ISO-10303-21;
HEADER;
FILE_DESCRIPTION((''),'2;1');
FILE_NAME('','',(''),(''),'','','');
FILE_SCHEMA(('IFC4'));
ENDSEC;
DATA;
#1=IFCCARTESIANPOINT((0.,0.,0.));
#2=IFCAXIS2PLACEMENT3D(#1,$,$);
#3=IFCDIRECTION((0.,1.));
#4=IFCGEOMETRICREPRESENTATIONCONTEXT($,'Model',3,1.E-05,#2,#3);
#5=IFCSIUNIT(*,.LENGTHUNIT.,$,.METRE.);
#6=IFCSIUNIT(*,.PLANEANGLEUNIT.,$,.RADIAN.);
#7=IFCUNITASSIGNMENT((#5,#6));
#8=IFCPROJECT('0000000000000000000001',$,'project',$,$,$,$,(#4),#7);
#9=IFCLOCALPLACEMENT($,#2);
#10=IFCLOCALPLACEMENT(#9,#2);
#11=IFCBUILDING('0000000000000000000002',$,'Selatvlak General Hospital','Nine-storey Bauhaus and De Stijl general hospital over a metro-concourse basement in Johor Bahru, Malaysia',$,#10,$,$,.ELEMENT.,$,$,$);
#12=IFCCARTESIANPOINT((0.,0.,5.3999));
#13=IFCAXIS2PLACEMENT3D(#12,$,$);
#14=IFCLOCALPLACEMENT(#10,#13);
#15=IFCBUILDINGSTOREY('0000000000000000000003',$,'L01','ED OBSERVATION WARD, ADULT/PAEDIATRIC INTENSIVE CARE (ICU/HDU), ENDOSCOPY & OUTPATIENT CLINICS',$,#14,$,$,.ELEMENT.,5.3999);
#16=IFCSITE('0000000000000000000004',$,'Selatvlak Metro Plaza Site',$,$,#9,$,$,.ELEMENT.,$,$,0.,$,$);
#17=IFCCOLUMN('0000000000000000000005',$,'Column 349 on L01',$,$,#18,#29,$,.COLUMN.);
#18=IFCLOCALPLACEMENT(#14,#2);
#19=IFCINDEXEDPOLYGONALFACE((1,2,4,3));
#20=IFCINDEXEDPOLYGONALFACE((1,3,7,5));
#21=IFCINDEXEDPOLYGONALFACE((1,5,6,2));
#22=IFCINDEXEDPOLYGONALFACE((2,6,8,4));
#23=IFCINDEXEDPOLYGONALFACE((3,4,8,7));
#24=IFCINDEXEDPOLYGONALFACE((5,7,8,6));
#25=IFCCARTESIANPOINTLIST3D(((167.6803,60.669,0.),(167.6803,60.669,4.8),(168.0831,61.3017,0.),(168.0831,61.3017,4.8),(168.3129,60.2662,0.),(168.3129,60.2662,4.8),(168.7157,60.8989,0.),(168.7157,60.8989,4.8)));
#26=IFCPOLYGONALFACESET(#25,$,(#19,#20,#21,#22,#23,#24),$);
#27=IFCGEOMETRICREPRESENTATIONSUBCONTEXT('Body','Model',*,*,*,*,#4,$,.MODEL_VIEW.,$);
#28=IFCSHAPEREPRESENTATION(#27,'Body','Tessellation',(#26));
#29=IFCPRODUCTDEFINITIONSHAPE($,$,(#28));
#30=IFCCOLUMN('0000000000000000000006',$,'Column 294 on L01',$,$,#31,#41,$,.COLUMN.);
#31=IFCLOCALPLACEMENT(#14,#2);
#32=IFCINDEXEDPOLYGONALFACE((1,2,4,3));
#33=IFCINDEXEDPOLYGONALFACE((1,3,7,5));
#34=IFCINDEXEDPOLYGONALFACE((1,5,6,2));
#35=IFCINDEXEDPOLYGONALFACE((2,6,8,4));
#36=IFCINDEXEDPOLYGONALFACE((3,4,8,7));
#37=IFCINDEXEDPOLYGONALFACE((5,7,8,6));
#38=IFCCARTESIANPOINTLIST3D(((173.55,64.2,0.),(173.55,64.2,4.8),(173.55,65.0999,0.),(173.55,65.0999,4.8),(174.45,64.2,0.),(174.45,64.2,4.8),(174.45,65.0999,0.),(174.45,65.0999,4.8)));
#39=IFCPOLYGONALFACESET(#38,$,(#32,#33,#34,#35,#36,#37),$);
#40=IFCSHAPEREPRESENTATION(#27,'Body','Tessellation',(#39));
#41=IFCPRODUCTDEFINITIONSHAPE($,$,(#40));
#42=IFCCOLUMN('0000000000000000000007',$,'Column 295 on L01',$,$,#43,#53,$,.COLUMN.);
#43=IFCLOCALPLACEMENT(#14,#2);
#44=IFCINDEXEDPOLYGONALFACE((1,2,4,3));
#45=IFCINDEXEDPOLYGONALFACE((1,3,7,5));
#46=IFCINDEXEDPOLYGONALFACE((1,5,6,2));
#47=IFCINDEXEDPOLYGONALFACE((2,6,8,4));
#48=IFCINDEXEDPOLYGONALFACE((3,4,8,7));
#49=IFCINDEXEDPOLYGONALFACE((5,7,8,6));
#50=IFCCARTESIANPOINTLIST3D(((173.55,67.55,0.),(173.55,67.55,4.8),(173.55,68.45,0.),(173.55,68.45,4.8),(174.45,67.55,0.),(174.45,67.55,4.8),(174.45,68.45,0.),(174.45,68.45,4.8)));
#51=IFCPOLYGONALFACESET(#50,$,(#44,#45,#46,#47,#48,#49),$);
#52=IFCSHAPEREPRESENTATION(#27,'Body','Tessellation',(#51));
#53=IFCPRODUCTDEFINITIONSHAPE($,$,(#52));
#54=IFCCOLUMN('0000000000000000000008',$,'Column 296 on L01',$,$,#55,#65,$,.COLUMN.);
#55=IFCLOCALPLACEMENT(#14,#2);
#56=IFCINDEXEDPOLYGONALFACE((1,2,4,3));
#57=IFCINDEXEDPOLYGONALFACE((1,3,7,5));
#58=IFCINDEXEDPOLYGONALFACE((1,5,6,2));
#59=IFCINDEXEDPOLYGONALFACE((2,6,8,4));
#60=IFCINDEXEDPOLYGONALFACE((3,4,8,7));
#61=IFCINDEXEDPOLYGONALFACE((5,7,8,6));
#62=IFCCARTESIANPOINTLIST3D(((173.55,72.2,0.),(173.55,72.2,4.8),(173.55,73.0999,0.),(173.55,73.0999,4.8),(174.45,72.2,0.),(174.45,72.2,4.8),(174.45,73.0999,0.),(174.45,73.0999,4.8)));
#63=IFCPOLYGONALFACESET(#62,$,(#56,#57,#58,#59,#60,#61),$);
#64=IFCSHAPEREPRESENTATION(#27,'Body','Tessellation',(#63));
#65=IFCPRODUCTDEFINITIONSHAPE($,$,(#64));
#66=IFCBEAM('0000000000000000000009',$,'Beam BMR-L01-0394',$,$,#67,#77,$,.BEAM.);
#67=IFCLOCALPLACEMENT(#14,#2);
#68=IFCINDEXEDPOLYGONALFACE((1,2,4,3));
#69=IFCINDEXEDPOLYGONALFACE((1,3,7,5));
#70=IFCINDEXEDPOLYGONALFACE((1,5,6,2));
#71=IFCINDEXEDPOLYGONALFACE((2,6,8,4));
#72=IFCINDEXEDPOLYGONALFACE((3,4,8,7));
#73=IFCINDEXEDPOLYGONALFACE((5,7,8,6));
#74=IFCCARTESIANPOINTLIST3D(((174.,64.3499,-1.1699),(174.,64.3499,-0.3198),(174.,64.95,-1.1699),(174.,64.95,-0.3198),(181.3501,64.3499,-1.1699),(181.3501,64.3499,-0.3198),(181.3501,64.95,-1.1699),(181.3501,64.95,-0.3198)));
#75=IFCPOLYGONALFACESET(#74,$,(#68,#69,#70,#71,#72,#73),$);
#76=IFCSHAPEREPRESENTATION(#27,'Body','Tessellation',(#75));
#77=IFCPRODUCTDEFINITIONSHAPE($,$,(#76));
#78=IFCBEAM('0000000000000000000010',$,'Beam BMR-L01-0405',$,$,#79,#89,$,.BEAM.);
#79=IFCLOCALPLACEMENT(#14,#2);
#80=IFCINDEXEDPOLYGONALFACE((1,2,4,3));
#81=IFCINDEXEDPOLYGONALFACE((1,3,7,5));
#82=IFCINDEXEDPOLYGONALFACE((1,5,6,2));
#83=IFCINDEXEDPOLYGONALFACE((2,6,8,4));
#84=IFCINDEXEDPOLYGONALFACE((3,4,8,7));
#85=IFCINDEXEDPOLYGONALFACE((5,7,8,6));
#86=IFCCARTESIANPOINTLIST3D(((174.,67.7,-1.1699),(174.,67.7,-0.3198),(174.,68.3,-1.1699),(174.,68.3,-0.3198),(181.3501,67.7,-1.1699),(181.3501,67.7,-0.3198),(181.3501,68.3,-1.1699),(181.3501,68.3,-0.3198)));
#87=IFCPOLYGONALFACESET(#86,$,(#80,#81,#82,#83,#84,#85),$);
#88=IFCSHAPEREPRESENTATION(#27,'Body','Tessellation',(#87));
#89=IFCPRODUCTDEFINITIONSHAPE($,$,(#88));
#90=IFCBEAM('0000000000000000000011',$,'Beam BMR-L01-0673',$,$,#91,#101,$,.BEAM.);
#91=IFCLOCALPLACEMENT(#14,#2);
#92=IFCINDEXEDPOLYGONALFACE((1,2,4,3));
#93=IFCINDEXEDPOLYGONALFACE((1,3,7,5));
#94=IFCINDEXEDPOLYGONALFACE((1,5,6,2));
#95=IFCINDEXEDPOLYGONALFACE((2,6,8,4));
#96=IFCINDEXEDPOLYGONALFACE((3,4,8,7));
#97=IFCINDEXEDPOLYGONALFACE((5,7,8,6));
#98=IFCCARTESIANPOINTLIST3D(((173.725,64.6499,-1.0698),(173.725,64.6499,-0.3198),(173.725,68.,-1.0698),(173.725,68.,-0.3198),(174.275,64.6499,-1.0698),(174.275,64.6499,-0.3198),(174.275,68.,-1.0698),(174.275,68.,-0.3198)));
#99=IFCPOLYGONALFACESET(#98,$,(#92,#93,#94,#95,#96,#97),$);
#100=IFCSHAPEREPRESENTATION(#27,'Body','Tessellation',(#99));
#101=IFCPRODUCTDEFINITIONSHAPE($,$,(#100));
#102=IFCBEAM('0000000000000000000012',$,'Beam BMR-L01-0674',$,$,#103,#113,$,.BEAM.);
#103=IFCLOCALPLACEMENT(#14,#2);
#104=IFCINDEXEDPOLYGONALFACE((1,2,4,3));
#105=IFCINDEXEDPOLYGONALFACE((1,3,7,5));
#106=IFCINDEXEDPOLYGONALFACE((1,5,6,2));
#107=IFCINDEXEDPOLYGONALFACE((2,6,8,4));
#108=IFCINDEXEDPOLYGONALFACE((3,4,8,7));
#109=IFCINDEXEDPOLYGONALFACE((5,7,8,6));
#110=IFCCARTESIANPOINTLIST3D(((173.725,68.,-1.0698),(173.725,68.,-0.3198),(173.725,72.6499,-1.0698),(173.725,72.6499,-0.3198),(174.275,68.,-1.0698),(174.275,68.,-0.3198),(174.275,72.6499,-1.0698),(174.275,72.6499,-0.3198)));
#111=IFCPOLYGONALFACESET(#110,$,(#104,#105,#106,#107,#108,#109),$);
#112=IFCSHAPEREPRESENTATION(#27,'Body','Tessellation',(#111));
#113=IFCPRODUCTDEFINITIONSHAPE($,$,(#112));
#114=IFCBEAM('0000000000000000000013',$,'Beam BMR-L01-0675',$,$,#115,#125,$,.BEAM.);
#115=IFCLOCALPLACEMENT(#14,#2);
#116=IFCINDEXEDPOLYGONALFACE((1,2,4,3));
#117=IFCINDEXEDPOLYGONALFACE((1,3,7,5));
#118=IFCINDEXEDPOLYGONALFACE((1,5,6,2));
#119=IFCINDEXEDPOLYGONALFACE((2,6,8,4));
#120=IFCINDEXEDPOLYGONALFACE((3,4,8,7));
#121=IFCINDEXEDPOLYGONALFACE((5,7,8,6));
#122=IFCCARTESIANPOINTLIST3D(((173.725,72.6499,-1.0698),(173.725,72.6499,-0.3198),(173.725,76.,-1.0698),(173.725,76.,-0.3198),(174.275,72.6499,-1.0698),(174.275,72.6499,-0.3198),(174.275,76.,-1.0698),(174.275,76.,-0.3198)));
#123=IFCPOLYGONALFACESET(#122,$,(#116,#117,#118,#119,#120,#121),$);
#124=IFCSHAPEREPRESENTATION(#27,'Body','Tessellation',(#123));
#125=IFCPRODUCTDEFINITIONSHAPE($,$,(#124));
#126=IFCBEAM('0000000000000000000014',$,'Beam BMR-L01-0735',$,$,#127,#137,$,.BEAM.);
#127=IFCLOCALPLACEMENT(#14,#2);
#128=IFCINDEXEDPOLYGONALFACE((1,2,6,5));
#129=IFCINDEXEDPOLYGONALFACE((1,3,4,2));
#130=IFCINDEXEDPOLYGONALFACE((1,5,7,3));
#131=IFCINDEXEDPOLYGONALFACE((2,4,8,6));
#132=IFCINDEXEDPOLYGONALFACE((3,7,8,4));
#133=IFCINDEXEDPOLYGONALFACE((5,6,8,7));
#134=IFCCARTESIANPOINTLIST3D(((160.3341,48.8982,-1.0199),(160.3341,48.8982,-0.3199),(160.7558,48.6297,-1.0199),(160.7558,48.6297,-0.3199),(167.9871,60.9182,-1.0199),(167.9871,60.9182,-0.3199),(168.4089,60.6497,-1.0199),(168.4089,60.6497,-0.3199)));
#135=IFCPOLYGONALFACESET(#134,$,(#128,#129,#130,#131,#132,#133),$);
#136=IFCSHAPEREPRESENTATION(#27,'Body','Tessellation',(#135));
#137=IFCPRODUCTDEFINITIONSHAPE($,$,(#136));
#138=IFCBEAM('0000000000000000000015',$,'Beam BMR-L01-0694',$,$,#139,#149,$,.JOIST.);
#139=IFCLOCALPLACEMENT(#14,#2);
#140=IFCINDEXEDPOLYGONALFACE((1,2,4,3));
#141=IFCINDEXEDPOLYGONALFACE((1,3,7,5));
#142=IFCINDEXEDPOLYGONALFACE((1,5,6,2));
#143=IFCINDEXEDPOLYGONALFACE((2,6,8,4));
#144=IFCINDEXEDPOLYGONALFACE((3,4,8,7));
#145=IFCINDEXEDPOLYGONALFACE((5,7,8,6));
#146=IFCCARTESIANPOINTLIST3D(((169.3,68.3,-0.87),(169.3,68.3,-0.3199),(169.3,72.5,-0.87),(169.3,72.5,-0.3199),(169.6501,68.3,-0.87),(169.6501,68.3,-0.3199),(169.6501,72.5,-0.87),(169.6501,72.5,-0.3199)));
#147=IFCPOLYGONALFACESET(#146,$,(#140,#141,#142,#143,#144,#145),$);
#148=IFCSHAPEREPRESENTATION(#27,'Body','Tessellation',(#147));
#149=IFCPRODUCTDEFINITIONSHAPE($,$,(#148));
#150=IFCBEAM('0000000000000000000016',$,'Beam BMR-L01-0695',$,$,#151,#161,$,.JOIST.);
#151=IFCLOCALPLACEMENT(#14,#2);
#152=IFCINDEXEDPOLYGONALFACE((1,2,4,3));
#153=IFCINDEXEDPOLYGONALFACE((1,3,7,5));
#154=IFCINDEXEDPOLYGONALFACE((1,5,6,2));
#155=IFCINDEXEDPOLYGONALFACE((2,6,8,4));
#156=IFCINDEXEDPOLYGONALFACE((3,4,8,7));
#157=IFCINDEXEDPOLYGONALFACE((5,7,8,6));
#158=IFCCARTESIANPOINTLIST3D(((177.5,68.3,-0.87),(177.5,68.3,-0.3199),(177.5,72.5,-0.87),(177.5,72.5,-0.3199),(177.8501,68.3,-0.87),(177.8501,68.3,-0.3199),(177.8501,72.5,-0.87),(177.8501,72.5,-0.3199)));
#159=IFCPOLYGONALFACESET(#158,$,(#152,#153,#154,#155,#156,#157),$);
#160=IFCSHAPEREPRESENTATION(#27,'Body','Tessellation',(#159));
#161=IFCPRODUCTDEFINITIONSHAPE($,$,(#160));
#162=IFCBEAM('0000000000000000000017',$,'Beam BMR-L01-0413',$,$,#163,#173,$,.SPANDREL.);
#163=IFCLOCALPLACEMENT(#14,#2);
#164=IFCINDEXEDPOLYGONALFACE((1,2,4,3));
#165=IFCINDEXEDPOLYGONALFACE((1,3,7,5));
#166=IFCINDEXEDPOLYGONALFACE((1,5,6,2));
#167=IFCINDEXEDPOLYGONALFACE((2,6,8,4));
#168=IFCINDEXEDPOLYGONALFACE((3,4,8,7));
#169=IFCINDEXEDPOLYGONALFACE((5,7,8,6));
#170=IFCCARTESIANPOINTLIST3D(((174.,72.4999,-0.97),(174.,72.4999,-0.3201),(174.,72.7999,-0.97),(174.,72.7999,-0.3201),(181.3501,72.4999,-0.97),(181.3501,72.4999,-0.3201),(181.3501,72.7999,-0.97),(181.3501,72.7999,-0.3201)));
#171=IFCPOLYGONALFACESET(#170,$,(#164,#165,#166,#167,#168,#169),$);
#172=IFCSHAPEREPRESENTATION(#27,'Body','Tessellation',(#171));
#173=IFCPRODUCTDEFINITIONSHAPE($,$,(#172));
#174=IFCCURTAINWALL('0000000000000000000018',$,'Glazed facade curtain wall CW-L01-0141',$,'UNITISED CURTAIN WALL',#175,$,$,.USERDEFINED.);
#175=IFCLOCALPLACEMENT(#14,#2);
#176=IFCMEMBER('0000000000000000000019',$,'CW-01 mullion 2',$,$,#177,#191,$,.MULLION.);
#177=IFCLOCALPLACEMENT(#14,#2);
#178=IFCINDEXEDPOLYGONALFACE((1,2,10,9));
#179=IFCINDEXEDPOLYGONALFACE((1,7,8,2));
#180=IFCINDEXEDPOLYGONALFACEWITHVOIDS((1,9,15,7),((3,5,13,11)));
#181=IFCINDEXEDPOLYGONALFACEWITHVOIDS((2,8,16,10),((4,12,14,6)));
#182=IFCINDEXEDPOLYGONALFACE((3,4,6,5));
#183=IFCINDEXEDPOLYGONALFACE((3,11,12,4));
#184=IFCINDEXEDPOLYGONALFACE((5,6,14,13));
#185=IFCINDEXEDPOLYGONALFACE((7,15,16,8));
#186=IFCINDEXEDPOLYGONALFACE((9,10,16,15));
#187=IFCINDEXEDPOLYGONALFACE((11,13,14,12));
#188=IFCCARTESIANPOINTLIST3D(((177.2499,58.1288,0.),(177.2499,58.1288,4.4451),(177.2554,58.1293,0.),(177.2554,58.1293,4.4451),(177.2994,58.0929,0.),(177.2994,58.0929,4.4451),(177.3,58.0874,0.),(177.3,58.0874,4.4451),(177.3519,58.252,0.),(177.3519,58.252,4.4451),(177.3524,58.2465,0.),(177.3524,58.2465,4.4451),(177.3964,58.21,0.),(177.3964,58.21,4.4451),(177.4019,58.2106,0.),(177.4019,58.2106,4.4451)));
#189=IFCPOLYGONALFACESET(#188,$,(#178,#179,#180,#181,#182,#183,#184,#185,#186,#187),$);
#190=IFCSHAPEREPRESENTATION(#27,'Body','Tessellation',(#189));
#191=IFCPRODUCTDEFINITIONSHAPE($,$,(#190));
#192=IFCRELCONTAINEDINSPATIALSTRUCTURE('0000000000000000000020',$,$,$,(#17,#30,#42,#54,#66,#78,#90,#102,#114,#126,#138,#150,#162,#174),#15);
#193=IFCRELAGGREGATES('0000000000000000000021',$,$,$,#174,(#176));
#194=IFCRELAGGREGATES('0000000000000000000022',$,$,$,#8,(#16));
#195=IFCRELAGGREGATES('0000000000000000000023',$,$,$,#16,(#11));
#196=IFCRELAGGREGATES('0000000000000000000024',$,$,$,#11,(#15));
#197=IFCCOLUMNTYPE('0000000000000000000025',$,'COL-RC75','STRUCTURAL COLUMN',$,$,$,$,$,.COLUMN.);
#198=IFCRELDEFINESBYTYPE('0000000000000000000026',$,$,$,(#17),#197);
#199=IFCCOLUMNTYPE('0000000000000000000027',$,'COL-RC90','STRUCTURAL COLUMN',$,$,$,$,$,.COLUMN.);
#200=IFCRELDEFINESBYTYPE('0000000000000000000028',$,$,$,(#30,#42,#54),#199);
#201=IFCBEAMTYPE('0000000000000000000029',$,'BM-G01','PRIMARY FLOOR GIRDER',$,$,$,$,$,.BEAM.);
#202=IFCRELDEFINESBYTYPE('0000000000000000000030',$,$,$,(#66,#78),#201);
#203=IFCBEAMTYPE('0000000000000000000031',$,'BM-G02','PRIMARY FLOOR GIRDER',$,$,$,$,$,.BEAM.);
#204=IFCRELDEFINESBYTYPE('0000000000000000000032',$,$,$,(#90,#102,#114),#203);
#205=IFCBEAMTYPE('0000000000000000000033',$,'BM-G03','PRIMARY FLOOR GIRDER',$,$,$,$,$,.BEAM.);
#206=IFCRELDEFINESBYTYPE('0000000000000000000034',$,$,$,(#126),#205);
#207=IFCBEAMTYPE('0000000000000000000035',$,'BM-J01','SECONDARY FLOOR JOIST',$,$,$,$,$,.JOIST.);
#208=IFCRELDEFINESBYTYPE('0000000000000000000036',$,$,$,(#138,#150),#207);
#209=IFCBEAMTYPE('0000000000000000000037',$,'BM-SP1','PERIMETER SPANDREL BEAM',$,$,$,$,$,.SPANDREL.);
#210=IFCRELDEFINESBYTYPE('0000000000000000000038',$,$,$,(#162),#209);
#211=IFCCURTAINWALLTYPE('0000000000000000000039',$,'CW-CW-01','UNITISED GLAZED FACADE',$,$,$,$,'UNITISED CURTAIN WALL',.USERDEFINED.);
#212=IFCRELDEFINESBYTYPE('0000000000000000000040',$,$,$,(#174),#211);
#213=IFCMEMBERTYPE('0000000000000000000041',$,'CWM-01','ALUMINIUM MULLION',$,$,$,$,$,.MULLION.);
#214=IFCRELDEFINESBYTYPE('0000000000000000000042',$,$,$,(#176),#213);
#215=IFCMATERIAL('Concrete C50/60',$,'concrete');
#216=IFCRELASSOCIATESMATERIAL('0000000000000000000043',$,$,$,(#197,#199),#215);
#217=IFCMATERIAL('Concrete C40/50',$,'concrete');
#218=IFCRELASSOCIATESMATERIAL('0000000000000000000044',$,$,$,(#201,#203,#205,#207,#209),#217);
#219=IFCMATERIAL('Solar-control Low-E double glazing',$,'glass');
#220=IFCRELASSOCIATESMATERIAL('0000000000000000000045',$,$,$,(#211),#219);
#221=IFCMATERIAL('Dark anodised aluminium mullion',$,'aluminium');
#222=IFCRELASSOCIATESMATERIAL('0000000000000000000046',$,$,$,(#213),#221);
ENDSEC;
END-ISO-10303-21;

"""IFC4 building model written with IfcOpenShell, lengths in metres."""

from ifc_helpers import new_model, si_unit, direction, frame, origin, origin_2d, place, context, subcontext, project, spatial, rectangle, hollow_rectangle, extrude, material, material_profile, profile_set, type_object, element, aggregate, save


model = new_model("IFC4")

# Units and contexts
model_context = context("Model", 3, precision=1e-05, world=origin(), true_north=direction((0.0, 1.0)))
body_context = subcontext(model_context, "Body", "Model", "MODEL_VIEW")
ifc_project = project(units=[si_unit("LENGTHUNIT", "METRE"), si_unit("PLANEANGLEUNIT", "RADIAN")], contexts=[model_context])

# Site, building, storey
site_placement = place(None, origin())
site = spatial("IfcSite", under=ifc_project, at=site_placement, Name="Selatvlak Metro Plaza Site", CompositionType="ELEMENT", RefElevation=0.0)
building_placement = place(site_placement, origin())
building = spatial("IfcBuilding", under=site, at=building_placement, Name="Selatvlak General Hospital", Description="Nine-storey Bauhaus and De Stijl general hospital over a metro-concourse basement in Johor Bahru, Malaysia", CompositionType="ELEMENT")
storey_placement = place(building_placement, frame((0.0, 0.0, 5.3999)))
storey = spatial("IfcBuildingStorey", under=building, at=storey_placement, Name="L01", Description="ED OBSERVATION WARD, ADULT/PAEDIATRIC INTENSIVE CARE (ICU/HDU), ENDOSCOPY & OUTPATIENT CLINICS", CompositionType="ELEMENT", Elevation=5.3999)

# Columns
ifc_material_1 = material(Name="Concrete C50/60", Category="concrete")
ifc_material_profile_1 = material_profile(ifc_material_1, rectangle(XDim=0.75, YDim=0.75, at=origin_2d()), Name="RC-COL 750x750")
ifc_profile_set_1 = profile_set([ifc_material_profile_1], Name="Concrete C50/60")
column_type_1 = type_object("IfcColumnType", Name="COL-RC75", Description="STRUCTURAL COLUMN", PredefinedType="COLUMN", material=ifc_profile_set_1)
column_placement = place(storey_placement, frame((168.198, 60.7839, 0.0), z_axis=(0.0, 0.0, 1.0), x_axis=(0.537064, 0.843541, 0.0)))
element("IfcColumn", 1, at=column_placement, inside=storey, type_object=column_type_1, Name="Column 349 on L01", PredefinedType="COLUMN", context=body_context, shape_type="SweptSolid", body=[
    extrude(rectangle(XDim=0.75, YDim=0.75, at=origin_2d()), origin(), (0.0, 0.0, 1.0), 4.8),
])
ifc_material_profile_2 = material_profile(ifc_material_1, rectangle(XDim=0.8999, YDim=0.8999, at=origin_2d()), Name="RC-COL 900x900")
ifc_profile_set_2 = profile_set([ifc_material_profile_2], Name="Concrete C50/60")
column_type_2 = type_object("IfcColumnType", Name="COL-RC90", Description="STRUCTURAL COLUMN", PredefinedType="COLUMN", material=ifc_profile_set_2)
for number, where, z_axis, x_axis, name in (
    (2, (174.0, 64.6499, 0.0), (0.0, 0.0, 1.0), (1.0, 0.0, 0.0), "Column 294 on L01"),
    (3, (174.0, 68.0, 0.0), (0.0, 0.0, 1.0), (1.0, 0.0, 0.0), "Column 295 on L01"),
    (4, (174.0, 72.6499, 0.0), (0.0, 0.0, 1.0), (1.0, 0.0, 0.0), "Column 296 on L01"),
):
    element("IfcColumn", number, at=place(storey_placement, frame(where, z_axis=z_axis, x_axis=x_axis)), inside=storey, type_object=column_type_2, Name=name, PredefinedType="COLUMN", context=body_context, shape_type="SweptSolid", body=[
        extrude(rectangle(XDim=0.8999, YDim=0.8999, at=origin_2d()), origin(), (0.0, 0.0, 1.0), 4.8),
    ])

# Beams
ifc_material_2 = material(Name="Concrete C40/50", Category="concrete")
ifc_material_profile_3 = material_profile(ifc_material_2, rectangle(XDim=0.6001, YDim=0.8501, at=origin_2d()), Name="RC-BM 600x850")
ifc_profile_set_3 = profile_set([ifc_material_profile_3], Name="Concrete C40/50")
beam_type_1 = type_object("IfcBeamType", Name="BM-G01", Description="PRIMARY FLOOR GIRDER", PredefinedType="BEAM", material=ifc_profile_set_3)
for number, where, z_axis, x_axis, name in (
    (5, (174.0, 64.6499, -0.7449), (1.0, 0.0, 0.0), (0.0, 1.0, 0.0), "Beam BMR-L01-0394"),
    (6, (174.0, 68.0, -0.7449), (1.0, 0.0, 0.0), (0.0, 1.0, 0.0), "Beam BMR-L01-0405"),
):
    element("IfcBeam", number, at=place(storey_placement, frame(where, z_axis=z_axis, x_axis=x_axis)), inside=storey, type_object=beam_type_1, Name=name, PredefinedType="BEAM", context=body_context, shape_type="SweptSolid", body=[
        extrude(rectangle(XDim=0.6001, YDim=0.8501, at=origin_2d()), origin(), (0.0, 0.0, 1.0), 7.3501),
    ])
ifc_material_profile_4 = material_profile(ifc_material_2, rectangle(XDim=0.55, YDim=0.75, at=origin_2d()), Name="RC-BM 550x750")
ifc_profile_set_4 = profile_set([ifc_material_profile_4], Name="Concrete C40/50")
beam_type_2 = type_object("IfcBeamType", Name="BM-G02", Description="PRIMARY FLOOR GIRDER", PredefinedType="BEAM", material=ifc_profile_set_4)
beam_1_placement = place(storey_placement, frame((174.0, 64.6499, -0.6948), z_axis=(0.0, 1.0, 0.0), x_axis=(-1.0, 0.0, 0.0)))
element("IfcBeam", 7, at=beam_1_placement, inside=storey, type_object=beam_type_2, Name="Beam BMR-L01-0673", PredefinedType="BEAM", context=body_context, shape_type="SweptSolid", body=[
    extrude(rectangle(XDim=0.55, YDim=0.75, at=origin_2d()), origin(), (0.0, 0.0, 1.0), 3.3501),
])
beam_2_placement = place(storey_placement, frame((174.0, 68.0, -0.6948), z_axis=(0.0, 1.0, 0.0), x_axis=(-1.0, 0.0, 0.0)))
element("IfcBeam", 8, at=beam_2_placement, inside=storey, type_object=beam_type_2, Name="Beam BMR-L01-0674", PredefinedType="BEAM", context=body_context, shape_type="SweptSolid", body=[
    extrude(rectangle(XDim=0.55, YDim=0.75, at=origin_2d()), origin(), (0.0, 0.0, 1.0), 4.6499),
])
beam_3_placement = place(storey_placement, frame((174.0, 72.6499, -0.6948), z_axis=(0.0, 1.0, 0.0), x_axis=(-1.0, 0.0, 0.0)))
element("IfcBeam", 9, at=beam_3_placement, inside=storey, type_object=beam_type_2, Name="Beam BMR-L01-0675", PredefinedType="BEAM", context=body_context, shape_type="SweptSolid", body=[
    extrude(rectangle(XDim=0.55, YDim=0.75, at=origin_2d()), origin(), (0.0, 0.0, 1.0), 3.3501),
])
ifc_material_profile_5 = material_profile(ifc_material_2, rectangle(XDim=0.5, YDim=0.7, at=origin_2d()), Name="RC-BM 500x700")
ifc_profile_set_5 = profile_set([ifc_material_profile_5], Name="Concrete C40/50")
beam_type_3 = type_object("IfcBeamType", Name="BM-G03", Description="PRIMARY FLOOR GIRDER", PredefinedType="BEAM", material=ifc_profile_set_5)
beam_4_placement = place(storey_placement, frame((168.198, 60.7839, -0.6699), z_axis=(-0.537074, -0.843535, 0.0), x_axis=(0.843535, -0.537074, 0.0)))
element("IfcBeam", 10, at=beam_4_placement, inside=storey, type_object=beam_type_3, Name="Beam BMR-L01-0735", PredefinedType="BEAM", context=body_context, shape_type="SweptSolid", body=[
    extrude(rectangle(XDim=0.5, YDim=0.7, at=origin_2d()), origin(), (0.0, 0.0, 1.0), 14.2495),
])
ifc_material_profile_6 = material_profile(ifc_material_2, rectangle(XDim=0.3501, YDim=0.55, at=origin_2d()), Name="RC-BM 350x550")
ifc_profile_set_6 = profile_set([ifc_material_profile_6], Name="Concrete C40/50")
beam_type_4 = type_object("IfcBeamType", Name="BM-J01", Description="SECONDARY FLOOR JOIST", PredefinedType="JOIST", material=ifc_profile_set_6)
for number, where, z_axis, x_axis, name in (
    (11, (169.4751, 68.3, -0.595), (0.0, 1.0, 0.0), (-1.0, 0.0, 0.0), "Beam BMR-L01-0694"),
    (12, (177.675, 68.3, -0.595), (0.0, 1.0, 0.0), (-1.0, 0.0, 0.0), "Beam BMR-L01-0695"),
):
    element("IfcBeam", number, at=place(storey_placement, frame(where, z_axis=z_axis, x_axis=x_axis)), inside=storey, type_object=beam_type_4, Name=name, PredefinedType="JOIST", context=body_context, shape_type="SweptSolid", body=[
        extrude(rectangle(XDim=0.3501, YDim=0.55, at=origin_2d()), origin(), (0.0, 0.0, 1.0), 4.2),
    ])
ifc_material_profile_7 = material_profile(ifc_material_2, rectangle(XDim=0.3, YDim=0.6499, at=origin_2d()), Name="RC-SP 300x650")
ifc_profile_set_7 = profile_set([ifc_material_profile_7], Name="Concrete C40/50")
beam_type_5 = type_object("IfcBeamType", Name="BM-SP1", Description="PERIMETER SPANDREL BEAM", PredefinedType="SPANDREL", material=ifc_profile_set_7)
beam_5_placement = place(storey_placement, frame((174.0, 72.6499, -0.645), z_axis=(1.0, 0.0, 0.0), x_axis=(0.0, 1.0, 0.0)))
element("IfcBeam", 13, at=beam_5_placement, inside=storey, type_object=beam_type_5, Name="Beam BMR-L01-0413", PredefinedType="SPANDREL", context=body_context, shape_type="SweptSolid", body=[
    extrude(rectangle(XDim=0.3, YDim=0.6499, at=origin_2d()), origin(), (0.0, 0.0, 1.0), 7.3501),
])

# Curtain wall, member
ifc_material_3 = material(Name="Solar-control Low-E double glazing", Category="glass")
curtain_wall_type = type_object("IfcCurtainWallType", Name="CW-CW-01", Description="UNITISED GLAZED FACADE", ElementType="UNITISED CURTAIN WALL", PredefinedType="USERDEFINED", material=ifc_material_3)
curtain_wall_placement = place(storey_placement, origin())
curtain_wall = element("IfcCurtainWall", 14, at=curtain_wall_placement, inside=storey, type_object=curtain_wall_type, Name="Glazed facade curtain wall CW-L01-0141", ObjectType="UNITISED CURTAIN WALL", PredefinedType="USERDEFINED")
ifc_material_4 = material(Name="Dark anodised aluminium mullion", Category="aluminium")
ifc_material_profile_8 = material_profile(ifc_material_4, hollow_rectangle(XDim=0.0649, YDim=0.1599, WallThickness=0.0039, at=origin_2d()), Name="AL-MUL 65x160x4")
ifc_profile_set_8 = profile_set([ifc_material_profile_8], Name="Dark anodised aluminium mullion")
member_type_1 = type_object("IfcMemberType", Name="CWM-01", Description="ALUMINIUM MULLION", PredefinedType="MULLION", material=ifc_profile_set_8)
member_1_placement = place(storey_placement, frame((177.3259, 58.1697, 0.0), z_axis=(0.0, 0.0, 1.0), x_axis=(0.770276, -0.63771, 0.0)))
member_1 = element("IfcMember", 15, at=member_1_placement, type_object=member_type_1, Name="CW-01 mullion 2", PredefinedType="MULLION", context=body_context, shape_type="SweptSolid", body=[
    extrude(hollow_rectangle(XDim=0.0649, YDim=0.1599, WallThickness=0.0039, at=origin_2d()), origin(), (0.0, 0.0, 1.0), 4.4451),
])
aggregate(curtain_wall, [member_1])

save(model, "model.ifc")
